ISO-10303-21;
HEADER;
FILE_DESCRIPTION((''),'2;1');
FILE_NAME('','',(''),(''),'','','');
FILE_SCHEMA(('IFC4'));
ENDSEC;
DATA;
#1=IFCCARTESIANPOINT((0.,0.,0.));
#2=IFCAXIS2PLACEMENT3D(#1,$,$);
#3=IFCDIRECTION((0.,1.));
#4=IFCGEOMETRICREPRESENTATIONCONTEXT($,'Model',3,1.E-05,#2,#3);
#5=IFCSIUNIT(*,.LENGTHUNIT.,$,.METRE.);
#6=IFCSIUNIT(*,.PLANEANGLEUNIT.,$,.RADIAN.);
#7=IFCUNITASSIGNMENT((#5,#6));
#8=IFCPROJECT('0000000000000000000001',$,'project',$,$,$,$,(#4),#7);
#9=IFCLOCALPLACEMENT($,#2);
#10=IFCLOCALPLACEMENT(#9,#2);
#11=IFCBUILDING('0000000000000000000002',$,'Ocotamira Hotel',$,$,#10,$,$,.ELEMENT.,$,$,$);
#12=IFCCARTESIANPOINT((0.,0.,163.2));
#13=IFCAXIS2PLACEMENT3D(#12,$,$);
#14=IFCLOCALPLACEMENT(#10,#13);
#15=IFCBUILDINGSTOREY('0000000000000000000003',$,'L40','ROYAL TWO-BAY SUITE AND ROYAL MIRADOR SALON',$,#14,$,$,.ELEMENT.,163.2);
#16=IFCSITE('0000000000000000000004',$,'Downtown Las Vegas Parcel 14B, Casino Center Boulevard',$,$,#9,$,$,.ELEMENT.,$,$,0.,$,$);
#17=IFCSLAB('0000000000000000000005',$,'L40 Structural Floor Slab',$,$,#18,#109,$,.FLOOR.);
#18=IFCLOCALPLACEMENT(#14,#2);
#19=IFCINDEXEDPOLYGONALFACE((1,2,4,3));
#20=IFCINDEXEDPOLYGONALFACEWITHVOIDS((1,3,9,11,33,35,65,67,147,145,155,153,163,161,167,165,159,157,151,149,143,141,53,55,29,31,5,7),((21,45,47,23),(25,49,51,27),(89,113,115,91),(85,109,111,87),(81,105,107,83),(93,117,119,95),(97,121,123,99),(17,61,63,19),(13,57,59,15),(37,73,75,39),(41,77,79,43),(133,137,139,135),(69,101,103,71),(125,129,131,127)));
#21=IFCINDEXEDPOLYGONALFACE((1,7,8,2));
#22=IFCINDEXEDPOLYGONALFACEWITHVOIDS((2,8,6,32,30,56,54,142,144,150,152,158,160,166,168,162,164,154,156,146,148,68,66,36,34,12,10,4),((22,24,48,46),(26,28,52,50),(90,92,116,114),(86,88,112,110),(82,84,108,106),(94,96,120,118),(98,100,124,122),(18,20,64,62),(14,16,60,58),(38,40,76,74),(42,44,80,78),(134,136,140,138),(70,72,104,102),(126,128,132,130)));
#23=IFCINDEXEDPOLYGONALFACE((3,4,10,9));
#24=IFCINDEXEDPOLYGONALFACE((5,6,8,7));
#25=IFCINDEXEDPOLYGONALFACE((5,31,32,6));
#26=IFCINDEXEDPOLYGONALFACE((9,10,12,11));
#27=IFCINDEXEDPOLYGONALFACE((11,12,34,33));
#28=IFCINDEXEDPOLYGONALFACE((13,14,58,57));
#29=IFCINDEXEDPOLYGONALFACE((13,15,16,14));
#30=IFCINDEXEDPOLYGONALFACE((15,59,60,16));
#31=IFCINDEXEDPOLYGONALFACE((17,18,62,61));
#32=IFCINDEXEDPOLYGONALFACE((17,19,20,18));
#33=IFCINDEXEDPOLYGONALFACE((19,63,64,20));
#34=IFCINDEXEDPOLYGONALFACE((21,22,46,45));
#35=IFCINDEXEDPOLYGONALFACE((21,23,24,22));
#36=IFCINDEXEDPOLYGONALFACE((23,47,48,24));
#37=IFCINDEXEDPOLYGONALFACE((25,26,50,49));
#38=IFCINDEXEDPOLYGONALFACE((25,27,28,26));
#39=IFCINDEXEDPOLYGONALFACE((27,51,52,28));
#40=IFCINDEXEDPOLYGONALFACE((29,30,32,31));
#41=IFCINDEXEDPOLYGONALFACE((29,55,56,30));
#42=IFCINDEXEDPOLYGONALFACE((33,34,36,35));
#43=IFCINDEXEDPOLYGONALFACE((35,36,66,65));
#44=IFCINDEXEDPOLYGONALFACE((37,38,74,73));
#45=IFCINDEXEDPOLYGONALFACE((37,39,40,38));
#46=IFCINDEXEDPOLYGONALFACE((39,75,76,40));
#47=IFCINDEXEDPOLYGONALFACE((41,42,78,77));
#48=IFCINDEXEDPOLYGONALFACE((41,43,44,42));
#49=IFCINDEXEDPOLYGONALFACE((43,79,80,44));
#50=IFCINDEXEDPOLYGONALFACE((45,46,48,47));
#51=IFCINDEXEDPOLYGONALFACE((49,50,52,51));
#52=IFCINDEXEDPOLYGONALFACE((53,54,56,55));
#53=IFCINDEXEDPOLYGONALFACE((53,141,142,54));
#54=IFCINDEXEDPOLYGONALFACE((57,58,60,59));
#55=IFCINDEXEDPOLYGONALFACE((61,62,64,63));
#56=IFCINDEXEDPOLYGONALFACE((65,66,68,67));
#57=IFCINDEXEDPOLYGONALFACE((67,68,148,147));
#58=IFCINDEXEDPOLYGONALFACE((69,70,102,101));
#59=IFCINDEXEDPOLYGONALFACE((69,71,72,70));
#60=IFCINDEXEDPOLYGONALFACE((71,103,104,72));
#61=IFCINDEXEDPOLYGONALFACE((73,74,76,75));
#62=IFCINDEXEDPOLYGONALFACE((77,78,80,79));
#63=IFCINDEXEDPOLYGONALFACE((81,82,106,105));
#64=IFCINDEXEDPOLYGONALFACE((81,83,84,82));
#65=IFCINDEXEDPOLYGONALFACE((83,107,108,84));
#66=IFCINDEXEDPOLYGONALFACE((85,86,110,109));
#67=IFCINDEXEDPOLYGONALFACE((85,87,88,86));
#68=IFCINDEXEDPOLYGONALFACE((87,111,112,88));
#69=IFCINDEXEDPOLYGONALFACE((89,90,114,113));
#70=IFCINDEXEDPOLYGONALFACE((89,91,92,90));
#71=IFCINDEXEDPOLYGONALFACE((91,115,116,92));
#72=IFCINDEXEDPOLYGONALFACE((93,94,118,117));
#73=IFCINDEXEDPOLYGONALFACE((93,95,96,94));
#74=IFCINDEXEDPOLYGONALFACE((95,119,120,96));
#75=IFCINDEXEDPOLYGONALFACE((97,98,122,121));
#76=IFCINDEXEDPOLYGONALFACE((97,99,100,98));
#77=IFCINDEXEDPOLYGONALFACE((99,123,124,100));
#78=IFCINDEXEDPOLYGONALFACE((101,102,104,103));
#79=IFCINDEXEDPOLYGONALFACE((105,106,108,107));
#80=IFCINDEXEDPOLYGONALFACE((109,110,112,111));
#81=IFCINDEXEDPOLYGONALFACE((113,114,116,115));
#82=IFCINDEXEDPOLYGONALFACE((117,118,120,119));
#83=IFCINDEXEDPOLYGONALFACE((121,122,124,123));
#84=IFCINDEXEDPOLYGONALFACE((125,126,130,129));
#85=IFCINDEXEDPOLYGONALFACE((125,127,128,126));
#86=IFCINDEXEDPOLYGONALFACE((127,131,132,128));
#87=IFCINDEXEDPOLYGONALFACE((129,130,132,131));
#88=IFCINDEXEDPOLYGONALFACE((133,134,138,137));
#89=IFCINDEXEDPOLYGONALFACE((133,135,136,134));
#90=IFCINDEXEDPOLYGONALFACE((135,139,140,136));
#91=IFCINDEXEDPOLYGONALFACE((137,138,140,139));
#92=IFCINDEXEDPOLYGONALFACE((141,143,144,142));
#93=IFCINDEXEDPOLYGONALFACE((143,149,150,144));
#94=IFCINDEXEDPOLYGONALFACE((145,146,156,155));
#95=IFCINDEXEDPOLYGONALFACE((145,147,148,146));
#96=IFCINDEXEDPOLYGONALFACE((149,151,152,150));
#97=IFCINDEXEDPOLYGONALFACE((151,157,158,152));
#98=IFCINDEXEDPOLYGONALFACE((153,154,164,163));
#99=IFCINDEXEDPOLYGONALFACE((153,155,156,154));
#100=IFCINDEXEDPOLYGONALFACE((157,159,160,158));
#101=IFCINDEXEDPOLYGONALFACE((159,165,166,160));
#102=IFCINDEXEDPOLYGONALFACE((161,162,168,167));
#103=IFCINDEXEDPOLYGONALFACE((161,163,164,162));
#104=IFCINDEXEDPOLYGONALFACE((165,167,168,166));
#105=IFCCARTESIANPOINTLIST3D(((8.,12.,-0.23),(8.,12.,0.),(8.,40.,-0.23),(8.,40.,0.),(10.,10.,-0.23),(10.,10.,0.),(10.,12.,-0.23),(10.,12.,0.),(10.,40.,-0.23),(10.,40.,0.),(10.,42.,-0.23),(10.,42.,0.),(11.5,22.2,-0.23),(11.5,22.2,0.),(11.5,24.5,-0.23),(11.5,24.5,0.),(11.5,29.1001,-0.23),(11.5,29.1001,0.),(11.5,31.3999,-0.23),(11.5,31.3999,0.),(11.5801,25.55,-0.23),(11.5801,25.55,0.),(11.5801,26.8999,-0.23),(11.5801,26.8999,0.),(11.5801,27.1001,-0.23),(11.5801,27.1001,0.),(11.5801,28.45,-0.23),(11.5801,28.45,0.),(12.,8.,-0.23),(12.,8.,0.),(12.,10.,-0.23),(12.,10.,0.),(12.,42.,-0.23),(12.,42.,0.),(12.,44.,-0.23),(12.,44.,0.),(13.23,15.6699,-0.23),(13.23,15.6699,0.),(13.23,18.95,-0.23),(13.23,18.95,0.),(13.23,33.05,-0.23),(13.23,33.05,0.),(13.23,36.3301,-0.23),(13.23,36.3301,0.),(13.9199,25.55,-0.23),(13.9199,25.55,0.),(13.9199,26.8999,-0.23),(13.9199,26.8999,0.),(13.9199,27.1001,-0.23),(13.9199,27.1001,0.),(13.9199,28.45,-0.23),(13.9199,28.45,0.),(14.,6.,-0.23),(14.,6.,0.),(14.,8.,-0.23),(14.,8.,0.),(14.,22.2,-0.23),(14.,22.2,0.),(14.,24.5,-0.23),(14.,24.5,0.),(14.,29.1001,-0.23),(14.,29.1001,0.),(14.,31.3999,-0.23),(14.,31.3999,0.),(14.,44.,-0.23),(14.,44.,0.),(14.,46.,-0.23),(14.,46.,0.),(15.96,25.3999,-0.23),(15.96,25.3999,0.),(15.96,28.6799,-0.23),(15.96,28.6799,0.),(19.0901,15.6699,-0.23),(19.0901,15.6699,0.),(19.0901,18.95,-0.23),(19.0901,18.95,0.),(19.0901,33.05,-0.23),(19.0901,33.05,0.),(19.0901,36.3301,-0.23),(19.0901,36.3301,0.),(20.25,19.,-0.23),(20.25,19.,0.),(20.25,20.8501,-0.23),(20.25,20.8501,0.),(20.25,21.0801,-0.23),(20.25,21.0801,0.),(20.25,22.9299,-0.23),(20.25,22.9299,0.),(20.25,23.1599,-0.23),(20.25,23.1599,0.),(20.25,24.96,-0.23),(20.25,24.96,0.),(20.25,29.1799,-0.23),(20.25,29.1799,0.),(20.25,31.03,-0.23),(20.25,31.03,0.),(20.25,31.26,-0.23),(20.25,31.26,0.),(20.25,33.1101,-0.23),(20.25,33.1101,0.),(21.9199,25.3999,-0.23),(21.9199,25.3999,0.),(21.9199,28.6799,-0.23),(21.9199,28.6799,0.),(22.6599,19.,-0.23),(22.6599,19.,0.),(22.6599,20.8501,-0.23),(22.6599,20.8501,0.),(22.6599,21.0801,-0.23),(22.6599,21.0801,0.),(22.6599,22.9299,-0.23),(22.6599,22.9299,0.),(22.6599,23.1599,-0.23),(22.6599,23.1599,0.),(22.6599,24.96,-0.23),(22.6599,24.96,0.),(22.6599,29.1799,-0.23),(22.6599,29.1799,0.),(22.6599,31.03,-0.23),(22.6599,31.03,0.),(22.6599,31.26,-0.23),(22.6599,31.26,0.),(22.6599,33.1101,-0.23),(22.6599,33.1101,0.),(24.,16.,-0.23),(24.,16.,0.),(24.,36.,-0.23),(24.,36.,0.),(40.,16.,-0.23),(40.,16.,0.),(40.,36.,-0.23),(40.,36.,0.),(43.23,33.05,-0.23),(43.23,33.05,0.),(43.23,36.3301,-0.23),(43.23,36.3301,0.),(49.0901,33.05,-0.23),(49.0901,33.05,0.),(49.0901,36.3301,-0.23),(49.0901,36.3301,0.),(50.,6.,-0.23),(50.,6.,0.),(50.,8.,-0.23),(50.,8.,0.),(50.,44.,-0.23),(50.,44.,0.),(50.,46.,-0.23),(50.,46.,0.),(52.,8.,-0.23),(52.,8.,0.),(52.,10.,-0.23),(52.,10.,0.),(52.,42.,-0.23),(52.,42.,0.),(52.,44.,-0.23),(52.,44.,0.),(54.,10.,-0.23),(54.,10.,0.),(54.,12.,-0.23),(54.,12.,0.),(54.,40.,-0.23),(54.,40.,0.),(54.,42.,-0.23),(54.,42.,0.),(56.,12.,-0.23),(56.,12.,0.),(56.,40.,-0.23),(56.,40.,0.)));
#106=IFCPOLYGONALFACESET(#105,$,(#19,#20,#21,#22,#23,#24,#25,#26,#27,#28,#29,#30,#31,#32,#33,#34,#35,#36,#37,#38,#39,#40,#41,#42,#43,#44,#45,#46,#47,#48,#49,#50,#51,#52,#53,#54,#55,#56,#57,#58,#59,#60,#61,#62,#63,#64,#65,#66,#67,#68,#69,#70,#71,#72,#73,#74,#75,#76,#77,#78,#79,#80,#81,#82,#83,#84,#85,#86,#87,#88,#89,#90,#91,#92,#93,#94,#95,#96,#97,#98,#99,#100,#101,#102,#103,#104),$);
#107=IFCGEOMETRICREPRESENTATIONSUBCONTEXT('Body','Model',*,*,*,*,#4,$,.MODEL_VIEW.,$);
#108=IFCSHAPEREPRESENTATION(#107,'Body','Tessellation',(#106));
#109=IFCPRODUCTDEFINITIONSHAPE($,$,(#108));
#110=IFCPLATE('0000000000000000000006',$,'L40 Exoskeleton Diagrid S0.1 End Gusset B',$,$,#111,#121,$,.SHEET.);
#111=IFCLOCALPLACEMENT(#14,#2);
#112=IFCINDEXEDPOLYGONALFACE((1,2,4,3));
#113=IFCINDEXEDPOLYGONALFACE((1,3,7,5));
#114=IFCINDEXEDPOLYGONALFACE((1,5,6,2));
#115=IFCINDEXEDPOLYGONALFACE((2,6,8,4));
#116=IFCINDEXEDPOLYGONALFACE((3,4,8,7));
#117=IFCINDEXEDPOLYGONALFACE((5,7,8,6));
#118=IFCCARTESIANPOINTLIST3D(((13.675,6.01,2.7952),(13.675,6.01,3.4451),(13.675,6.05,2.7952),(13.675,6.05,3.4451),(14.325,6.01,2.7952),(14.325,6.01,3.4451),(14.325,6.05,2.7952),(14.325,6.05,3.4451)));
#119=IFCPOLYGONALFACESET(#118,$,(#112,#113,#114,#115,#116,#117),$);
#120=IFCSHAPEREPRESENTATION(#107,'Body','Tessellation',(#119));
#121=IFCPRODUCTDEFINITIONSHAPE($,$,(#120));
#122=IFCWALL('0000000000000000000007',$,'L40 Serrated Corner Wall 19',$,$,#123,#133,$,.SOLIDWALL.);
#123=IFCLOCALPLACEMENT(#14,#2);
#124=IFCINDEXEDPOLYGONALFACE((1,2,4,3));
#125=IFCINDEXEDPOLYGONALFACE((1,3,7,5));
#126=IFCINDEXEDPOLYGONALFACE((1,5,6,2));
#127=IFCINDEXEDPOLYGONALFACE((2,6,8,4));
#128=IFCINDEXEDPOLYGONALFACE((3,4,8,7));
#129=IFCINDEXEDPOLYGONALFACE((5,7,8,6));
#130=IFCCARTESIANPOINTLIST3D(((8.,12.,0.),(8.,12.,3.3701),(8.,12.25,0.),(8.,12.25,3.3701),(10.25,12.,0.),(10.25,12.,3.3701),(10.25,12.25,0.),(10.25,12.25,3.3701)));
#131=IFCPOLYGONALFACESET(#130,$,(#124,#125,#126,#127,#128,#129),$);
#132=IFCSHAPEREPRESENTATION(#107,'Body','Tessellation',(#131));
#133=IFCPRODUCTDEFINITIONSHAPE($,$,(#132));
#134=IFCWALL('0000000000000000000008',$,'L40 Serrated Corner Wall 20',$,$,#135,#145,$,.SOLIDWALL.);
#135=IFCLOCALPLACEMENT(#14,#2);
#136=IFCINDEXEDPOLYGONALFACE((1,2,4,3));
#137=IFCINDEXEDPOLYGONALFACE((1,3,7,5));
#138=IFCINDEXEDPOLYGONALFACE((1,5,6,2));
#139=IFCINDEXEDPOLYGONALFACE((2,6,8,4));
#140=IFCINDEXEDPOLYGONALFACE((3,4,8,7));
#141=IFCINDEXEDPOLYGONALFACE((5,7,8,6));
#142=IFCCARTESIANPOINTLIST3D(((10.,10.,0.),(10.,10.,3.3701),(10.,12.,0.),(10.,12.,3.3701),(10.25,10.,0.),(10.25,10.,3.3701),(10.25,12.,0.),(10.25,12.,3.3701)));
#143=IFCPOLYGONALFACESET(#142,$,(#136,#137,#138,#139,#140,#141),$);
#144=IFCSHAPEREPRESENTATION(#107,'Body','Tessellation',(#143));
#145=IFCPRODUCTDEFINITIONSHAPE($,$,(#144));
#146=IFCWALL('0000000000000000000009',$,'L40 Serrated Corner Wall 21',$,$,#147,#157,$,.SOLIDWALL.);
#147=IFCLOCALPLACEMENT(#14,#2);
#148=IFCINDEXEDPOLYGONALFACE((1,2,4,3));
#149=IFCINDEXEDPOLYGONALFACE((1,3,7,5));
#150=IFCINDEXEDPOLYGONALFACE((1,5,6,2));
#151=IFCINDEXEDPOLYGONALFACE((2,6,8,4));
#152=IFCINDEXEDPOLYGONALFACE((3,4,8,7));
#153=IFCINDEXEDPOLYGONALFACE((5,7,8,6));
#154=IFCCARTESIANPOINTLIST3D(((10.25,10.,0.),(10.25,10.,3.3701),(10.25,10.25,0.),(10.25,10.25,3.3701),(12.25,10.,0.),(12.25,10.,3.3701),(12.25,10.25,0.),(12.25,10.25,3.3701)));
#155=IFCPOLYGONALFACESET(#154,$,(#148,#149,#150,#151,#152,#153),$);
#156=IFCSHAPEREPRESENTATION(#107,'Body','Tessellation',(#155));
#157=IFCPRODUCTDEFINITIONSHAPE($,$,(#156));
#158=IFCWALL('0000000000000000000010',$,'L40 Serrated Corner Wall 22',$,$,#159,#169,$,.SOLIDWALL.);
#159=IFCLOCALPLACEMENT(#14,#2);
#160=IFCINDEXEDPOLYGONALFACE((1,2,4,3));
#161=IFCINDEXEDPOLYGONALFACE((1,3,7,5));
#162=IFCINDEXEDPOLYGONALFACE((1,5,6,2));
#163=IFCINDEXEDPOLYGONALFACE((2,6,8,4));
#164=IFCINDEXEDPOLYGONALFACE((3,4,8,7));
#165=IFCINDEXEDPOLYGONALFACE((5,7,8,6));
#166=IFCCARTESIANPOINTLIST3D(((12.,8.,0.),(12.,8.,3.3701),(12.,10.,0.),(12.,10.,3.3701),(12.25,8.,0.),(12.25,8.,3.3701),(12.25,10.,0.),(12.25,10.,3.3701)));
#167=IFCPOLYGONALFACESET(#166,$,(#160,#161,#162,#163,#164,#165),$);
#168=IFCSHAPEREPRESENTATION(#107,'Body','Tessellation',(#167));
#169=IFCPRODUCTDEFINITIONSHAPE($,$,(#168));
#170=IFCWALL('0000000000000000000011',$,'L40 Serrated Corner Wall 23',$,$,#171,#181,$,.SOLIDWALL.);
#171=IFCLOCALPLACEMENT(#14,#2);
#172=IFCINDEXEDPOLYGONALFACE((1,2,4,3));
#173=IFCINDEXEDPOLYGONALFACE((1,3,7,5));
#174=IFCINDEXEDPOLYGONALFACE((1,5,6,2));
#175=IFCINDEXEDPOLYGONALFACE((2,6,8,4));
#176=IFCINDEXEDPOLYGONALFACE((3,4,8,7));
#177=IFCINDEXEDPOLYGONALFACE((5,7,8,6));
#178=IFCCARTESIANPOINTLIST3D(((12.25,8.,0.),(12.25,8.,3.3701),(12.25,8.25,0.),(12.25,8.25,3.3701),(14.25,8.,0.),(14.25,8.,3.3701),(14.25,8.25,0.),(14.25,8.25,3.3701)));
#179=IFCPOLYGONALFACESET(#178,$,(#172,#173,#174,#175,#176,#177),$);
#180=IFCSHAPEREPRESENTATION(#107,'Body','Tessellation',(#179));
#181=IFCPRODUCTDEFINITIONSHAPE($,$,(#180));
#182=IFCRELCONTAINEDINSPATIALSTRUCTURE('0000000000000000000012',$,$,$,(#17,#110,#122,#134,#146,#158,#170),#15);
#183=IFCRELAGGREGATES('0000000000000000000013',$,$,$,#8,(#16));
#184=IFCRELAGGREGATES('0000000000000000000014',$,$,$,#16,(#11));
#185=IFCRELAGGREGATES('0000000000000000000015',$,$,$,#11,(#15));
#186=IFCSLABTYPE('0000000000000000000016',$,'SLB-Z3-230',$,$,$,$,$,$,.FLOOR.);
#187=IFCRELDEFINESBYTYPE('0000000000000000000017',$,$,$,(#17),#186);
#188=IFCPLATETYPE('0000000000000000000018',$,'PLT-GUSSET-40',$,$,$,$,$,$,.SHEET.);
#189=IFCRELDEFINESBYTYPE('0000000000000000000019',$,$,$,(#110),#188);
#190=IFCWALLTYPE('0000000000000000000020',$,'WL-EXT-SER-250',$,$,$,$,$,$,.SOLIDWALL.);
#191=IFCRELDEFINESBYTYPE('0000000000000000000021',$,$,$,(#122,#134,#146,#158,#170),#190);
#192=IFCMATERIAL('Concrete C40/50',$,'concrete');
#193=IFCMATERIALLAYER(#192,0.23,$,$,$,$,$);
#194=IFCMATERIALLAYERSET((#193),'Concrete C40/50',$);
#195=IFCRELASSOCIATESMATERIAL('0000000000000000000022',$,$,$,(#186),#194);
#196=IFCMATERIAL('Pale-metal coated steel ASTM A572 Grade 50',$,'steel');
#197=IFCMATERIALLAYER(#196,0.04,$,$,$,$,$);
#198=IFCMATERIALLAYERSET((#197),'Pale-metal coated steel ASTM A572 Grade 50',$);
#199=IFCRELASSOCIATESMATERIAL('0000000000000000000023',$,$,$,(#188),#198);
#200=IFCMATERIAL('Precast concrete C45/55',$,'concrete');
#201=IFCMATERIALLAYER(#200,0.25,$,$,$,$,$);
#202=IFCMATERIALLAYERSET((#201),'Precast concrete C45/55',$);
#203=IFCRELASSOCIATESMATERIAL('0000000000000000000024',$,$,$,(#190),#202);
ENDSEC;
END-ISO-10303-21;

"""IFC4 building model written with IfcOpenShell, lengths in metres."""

from ifc_helpers import new_model, si_unit, direction, frame, frame_2d, origin, origin_2d, place, context, subcontext, project, spatial, polyline, rectangle, outline, extrude, source, transform, mapped, material, layer, layer_set, type_object, element, save


model = new_model("IFC4")

# Units and contexts
model_context = context("Model", 3, precision=1e-05, world=origin(), true_north=direction((0.0, 1.0)))
body_context = subcontext(model_context, "Body", "Model", "MODEL_VIEW")
ifc_project = project(units=[si_unit("LENGTHUNIT", "METRE"), si_unit("PLANEANGLEUNIT", "RADIAN")], contexts=[model_context])

# Site, building, storey
site_placement = place(None, origin())
site = spatial("IfcSite", under=ifc_project, at=site_placement, Name="Downtown Las Vegas Parcel 14B, Casino Center Boulevard", CompositionType="ELEMENT", RefElevation=0.0)
building_placement = place(site_placement, origin())
building = spatial("IfcBuilding", under=site, at=building_placement, Name="Ocotamira Hotel", CompositionType="ELEMENT")
storey_placement = place(building_placement, frame((0.0, 0.0, 163.2)))
storey = spatial("IfcBuildingStorey", under=building, at=storey_placement, Name="L40", Description="ROYAL TWO-BAY SUITE AND ROYAL MIRADOR SALON", CompositionType="ELEMENT", Elevation=163.2)

# Shared definitions
ifc_material_1 = material(Name="Concrete C40/50", Category="concrete")

# Slab
ifc_layer_1 = layer(ifc_material_1, 0.23)
ifc_layer_set_1 = layer_set([ifc_layer_1], Name="Concrete C40/50")
slab_type_1 = type_object("IfcSlabType", Name="SLB-Z3-230", PredefinedType="FLOOR", material=ifc_layer_set_1)
slab_1_placement = place(storey_placement, frame((0.0, 0.0, -0.23)))
element("IfcSlab", 1, at=slab_1_placement, inside=storey, type_object=slab_type_1, Name="L40 Structural Floor Slab", PredefinedType="FLOOR", context=body_context, shape_type="SweptSolid", body=[
    extrude(outline(polyline([(14.0, 6.0), (50.0, 6.0), (50.0, 8.0), (52.0, 8.0), (52.0, 10.0), (54.0, 10.0), (54.0, 12.0), (56.0, 12.0), (56.0, 40.0), (54.0, 40.0), (54.0, 42.0), (52.0, 42.0), (52.0, 44.0), (50.0, 44.0), (50.0, 46.0), (14.0, 46.0), (14.0, 44.0), (12.0, 44.0), (12.0, 42.0), (10.0, 42.0), (10.0, 40.0), (8.0, 40.0), (8.0, 12.0), (10.0, 12.0), (10.0, 10.0), (12.0, 10.0), (12.0, 8.0), (14.0, 8.0), (14.0, 6.0)]), holes=[polyline([(24.0, 16.0), (40.0, 16.0), (40.0, 36.0), (24.0, 36.0), (24.0, 16.0)]), polyline([(13.23, 15.6699), (19.0901, 15.6699), (19.0901, 18.95), (13.23, 18.95), (13.23, 15.6699)]), polyline([(13.23, 33.05), (19.0901, 33.05), (19.0901, 36.3301), (13.23, 36.3301), (13.23, 33.05)]), polyline([(15.96, 25.3999), (21.9199, 25.3999), (21.9199, 28.6799), (15.96, 28.6799), (15.96, 25.3999)]), polyline([(43.23, 33.05), (49.0901, 33.05), (49.0901, 36.3301), (43.23, 36.3301), (43.23, 33.05)]), polyline([(20.25, 19.0), (22.6599, 19.0), (22.6599, 20.8501), (20.25, 20.8501), (20.25, 19.0)]), polyline([(20.25, 21.0801), (22.6599, 21.0801), (22.6599, 22.9299), (20.25, 22.9299), (20.25, 21.0801)]), polyline([(20.25, 23.1599), (22.6599, 23.1599), (22.6599, 24.96), (20.25, 24.96), (20.25, 23.1599)]), polyline([(20.25, 29.1799), (22.6599, 29.1799), (22.6599, 31.03), (20.25, 31.03), (20.25, 29.1799)]), polyline([(20.25, 31.26), (22.6599, 31.26), (22.6599, 33.1101), (20.25, 33.1101), (20.25, 31.26)]), polyline([(11.5, 22.2), (14.0, 22.2), (14.0, 24.5), (11.5, 24.5), (11.5, 22.2)]), polyline([(11.5, 29.1001), (14.0, 29.1001), (14.0, 31.3999), (11.5, 31.3999), (11.5, 29.1001)]), polyline([(11.5801, 25.55), (13.9199, 25.55), (13.9199, 26.8999), (11.5801, 26.8999), (11.5801, 25.55)]), polyline([(11.5801, 27.1001), (13.9199, 27.1001), (13.9199, 28.45), (11.5801, 28.45), (11.5801, 27.1001)])]), origin(), (0.0, 0.0, 1.0), 0.23),
])

# Plate
ifc_material_2 = material(Name="Pale-metal coated steel ASTM A572 Grade 50", Category="steel")
ifc_layer_2 = layer(ifc_material_2, 0.04)
ifc_layer_set_2 = layer_set([ifc_layer_2], Name="Pale-metal coated steel ASTM A572 Grade 50")
plate_type = type_object("IfcPlateType", Name="PLT-GUSSET-40", PredefinedType="SHEET", material=ifc_layer_set_2)
shared_shape_1 = source(origin(), body_context, "Body", "SweptSolid", [
    extrude(rectangle(XDim=0.6499, YDim=0.04, at=origin_2d()), origin(), (0.0, 0.0, 1.0), 0.6499),
])
plate_placement = place(storey_placement, frame((14.0, 6.03, 2.7952), z_axis=(0.0, 0.0, 1.0), x_axis=(-1.0, 0.0, 0.0)))
element("IfcPlate", 2, at=plate_placement, inside=storey, type_object=plate_type, Name="L40 Exoskeleton Diagrid S0.1 End Gusset B", PredefinedType="SHEET", context=body_context, shape_type="MappedRepresentation", body=[
    mapped(shared_shape_1, transform((0.0, 0.0, 0.0), scale=1.0)),
])

# Walls
ifc_material_3 = material(Name="Precast concrete C45/55", Category="concrete")
ifc_layer_3 = layer(ifc_material_3, 0.25)
ifc_layer_set_3 = layer_set([ifc_layer_3], Name="Precast concrete C45/55")
wall_type_1 = type_object("IfcWallType", Name="WL-EXT-SER-250", PredefinedType="SOLIDWALL", material=ifc_layer_set_3)
wall_1_placement = place(storey_placement, frame((8.0, 12.125, 0.0), z_axis=(0.0, 0.0, 1.0), x_axis=(1.0, 0.0, 0.0)))
element("IfcWall", 3, at=wall_1_placement, inside=storey, type_object=wall_type_1, Name="L40 Serrated Corner Wall 19", PredefinedType="SOLIDWALL", context=body_context, shape_type="SweptSolid", body=[
    extrude(rectangle(XDim=2.25, YDim=0.25, at=frame_2d((1.125, 0.0))), origin(), (0.0, 0.0, 1.0), 3.3701),
])
for number, where, z_axis, x_axis, name in (
    (4, (10.125, 12.0, 0.0), (0.0, 0.0, 1.0), (0.0, -1.0, 0.0), "L40 Serrated Corner Wall 20"),
    (5, (10.25, 10.125, 0.0), (0.0, 0.0, 1.0), (1.0, 0.0, 0.0), "L40 Serrated Corner Wall 21"),
    (6, (12.125, 10.0, 0.0), (0.0, 0.0, 1.0), (0.0, -1.0, 0.0), "L40 Serrated Corner Wall 22"),
    (7, (12.25, 8.125, 0.0), (0.0, 0.0, 1.0), (1.0, 0.0, 0.0), "L40 Serrated Corner Wall 23"),
):
    element("IfcWall", number, at=place(storey_placement, frame(where, z_axis=z_axis, x_axis=x_axis)), inside=storey, type_object=wall_type_1, Name=name, PredefinedType="SOLIDWALL", context=body_context, shape_type="SweptSolid", body=[
        extrude(rectangle(XDim=2.0, YDim=0.25, at=frame_2d((1.0, 0.0))), origin(), (0.0, 0.0, 1.0), 3.3701),
    ])

save(model, "model.ifc")
